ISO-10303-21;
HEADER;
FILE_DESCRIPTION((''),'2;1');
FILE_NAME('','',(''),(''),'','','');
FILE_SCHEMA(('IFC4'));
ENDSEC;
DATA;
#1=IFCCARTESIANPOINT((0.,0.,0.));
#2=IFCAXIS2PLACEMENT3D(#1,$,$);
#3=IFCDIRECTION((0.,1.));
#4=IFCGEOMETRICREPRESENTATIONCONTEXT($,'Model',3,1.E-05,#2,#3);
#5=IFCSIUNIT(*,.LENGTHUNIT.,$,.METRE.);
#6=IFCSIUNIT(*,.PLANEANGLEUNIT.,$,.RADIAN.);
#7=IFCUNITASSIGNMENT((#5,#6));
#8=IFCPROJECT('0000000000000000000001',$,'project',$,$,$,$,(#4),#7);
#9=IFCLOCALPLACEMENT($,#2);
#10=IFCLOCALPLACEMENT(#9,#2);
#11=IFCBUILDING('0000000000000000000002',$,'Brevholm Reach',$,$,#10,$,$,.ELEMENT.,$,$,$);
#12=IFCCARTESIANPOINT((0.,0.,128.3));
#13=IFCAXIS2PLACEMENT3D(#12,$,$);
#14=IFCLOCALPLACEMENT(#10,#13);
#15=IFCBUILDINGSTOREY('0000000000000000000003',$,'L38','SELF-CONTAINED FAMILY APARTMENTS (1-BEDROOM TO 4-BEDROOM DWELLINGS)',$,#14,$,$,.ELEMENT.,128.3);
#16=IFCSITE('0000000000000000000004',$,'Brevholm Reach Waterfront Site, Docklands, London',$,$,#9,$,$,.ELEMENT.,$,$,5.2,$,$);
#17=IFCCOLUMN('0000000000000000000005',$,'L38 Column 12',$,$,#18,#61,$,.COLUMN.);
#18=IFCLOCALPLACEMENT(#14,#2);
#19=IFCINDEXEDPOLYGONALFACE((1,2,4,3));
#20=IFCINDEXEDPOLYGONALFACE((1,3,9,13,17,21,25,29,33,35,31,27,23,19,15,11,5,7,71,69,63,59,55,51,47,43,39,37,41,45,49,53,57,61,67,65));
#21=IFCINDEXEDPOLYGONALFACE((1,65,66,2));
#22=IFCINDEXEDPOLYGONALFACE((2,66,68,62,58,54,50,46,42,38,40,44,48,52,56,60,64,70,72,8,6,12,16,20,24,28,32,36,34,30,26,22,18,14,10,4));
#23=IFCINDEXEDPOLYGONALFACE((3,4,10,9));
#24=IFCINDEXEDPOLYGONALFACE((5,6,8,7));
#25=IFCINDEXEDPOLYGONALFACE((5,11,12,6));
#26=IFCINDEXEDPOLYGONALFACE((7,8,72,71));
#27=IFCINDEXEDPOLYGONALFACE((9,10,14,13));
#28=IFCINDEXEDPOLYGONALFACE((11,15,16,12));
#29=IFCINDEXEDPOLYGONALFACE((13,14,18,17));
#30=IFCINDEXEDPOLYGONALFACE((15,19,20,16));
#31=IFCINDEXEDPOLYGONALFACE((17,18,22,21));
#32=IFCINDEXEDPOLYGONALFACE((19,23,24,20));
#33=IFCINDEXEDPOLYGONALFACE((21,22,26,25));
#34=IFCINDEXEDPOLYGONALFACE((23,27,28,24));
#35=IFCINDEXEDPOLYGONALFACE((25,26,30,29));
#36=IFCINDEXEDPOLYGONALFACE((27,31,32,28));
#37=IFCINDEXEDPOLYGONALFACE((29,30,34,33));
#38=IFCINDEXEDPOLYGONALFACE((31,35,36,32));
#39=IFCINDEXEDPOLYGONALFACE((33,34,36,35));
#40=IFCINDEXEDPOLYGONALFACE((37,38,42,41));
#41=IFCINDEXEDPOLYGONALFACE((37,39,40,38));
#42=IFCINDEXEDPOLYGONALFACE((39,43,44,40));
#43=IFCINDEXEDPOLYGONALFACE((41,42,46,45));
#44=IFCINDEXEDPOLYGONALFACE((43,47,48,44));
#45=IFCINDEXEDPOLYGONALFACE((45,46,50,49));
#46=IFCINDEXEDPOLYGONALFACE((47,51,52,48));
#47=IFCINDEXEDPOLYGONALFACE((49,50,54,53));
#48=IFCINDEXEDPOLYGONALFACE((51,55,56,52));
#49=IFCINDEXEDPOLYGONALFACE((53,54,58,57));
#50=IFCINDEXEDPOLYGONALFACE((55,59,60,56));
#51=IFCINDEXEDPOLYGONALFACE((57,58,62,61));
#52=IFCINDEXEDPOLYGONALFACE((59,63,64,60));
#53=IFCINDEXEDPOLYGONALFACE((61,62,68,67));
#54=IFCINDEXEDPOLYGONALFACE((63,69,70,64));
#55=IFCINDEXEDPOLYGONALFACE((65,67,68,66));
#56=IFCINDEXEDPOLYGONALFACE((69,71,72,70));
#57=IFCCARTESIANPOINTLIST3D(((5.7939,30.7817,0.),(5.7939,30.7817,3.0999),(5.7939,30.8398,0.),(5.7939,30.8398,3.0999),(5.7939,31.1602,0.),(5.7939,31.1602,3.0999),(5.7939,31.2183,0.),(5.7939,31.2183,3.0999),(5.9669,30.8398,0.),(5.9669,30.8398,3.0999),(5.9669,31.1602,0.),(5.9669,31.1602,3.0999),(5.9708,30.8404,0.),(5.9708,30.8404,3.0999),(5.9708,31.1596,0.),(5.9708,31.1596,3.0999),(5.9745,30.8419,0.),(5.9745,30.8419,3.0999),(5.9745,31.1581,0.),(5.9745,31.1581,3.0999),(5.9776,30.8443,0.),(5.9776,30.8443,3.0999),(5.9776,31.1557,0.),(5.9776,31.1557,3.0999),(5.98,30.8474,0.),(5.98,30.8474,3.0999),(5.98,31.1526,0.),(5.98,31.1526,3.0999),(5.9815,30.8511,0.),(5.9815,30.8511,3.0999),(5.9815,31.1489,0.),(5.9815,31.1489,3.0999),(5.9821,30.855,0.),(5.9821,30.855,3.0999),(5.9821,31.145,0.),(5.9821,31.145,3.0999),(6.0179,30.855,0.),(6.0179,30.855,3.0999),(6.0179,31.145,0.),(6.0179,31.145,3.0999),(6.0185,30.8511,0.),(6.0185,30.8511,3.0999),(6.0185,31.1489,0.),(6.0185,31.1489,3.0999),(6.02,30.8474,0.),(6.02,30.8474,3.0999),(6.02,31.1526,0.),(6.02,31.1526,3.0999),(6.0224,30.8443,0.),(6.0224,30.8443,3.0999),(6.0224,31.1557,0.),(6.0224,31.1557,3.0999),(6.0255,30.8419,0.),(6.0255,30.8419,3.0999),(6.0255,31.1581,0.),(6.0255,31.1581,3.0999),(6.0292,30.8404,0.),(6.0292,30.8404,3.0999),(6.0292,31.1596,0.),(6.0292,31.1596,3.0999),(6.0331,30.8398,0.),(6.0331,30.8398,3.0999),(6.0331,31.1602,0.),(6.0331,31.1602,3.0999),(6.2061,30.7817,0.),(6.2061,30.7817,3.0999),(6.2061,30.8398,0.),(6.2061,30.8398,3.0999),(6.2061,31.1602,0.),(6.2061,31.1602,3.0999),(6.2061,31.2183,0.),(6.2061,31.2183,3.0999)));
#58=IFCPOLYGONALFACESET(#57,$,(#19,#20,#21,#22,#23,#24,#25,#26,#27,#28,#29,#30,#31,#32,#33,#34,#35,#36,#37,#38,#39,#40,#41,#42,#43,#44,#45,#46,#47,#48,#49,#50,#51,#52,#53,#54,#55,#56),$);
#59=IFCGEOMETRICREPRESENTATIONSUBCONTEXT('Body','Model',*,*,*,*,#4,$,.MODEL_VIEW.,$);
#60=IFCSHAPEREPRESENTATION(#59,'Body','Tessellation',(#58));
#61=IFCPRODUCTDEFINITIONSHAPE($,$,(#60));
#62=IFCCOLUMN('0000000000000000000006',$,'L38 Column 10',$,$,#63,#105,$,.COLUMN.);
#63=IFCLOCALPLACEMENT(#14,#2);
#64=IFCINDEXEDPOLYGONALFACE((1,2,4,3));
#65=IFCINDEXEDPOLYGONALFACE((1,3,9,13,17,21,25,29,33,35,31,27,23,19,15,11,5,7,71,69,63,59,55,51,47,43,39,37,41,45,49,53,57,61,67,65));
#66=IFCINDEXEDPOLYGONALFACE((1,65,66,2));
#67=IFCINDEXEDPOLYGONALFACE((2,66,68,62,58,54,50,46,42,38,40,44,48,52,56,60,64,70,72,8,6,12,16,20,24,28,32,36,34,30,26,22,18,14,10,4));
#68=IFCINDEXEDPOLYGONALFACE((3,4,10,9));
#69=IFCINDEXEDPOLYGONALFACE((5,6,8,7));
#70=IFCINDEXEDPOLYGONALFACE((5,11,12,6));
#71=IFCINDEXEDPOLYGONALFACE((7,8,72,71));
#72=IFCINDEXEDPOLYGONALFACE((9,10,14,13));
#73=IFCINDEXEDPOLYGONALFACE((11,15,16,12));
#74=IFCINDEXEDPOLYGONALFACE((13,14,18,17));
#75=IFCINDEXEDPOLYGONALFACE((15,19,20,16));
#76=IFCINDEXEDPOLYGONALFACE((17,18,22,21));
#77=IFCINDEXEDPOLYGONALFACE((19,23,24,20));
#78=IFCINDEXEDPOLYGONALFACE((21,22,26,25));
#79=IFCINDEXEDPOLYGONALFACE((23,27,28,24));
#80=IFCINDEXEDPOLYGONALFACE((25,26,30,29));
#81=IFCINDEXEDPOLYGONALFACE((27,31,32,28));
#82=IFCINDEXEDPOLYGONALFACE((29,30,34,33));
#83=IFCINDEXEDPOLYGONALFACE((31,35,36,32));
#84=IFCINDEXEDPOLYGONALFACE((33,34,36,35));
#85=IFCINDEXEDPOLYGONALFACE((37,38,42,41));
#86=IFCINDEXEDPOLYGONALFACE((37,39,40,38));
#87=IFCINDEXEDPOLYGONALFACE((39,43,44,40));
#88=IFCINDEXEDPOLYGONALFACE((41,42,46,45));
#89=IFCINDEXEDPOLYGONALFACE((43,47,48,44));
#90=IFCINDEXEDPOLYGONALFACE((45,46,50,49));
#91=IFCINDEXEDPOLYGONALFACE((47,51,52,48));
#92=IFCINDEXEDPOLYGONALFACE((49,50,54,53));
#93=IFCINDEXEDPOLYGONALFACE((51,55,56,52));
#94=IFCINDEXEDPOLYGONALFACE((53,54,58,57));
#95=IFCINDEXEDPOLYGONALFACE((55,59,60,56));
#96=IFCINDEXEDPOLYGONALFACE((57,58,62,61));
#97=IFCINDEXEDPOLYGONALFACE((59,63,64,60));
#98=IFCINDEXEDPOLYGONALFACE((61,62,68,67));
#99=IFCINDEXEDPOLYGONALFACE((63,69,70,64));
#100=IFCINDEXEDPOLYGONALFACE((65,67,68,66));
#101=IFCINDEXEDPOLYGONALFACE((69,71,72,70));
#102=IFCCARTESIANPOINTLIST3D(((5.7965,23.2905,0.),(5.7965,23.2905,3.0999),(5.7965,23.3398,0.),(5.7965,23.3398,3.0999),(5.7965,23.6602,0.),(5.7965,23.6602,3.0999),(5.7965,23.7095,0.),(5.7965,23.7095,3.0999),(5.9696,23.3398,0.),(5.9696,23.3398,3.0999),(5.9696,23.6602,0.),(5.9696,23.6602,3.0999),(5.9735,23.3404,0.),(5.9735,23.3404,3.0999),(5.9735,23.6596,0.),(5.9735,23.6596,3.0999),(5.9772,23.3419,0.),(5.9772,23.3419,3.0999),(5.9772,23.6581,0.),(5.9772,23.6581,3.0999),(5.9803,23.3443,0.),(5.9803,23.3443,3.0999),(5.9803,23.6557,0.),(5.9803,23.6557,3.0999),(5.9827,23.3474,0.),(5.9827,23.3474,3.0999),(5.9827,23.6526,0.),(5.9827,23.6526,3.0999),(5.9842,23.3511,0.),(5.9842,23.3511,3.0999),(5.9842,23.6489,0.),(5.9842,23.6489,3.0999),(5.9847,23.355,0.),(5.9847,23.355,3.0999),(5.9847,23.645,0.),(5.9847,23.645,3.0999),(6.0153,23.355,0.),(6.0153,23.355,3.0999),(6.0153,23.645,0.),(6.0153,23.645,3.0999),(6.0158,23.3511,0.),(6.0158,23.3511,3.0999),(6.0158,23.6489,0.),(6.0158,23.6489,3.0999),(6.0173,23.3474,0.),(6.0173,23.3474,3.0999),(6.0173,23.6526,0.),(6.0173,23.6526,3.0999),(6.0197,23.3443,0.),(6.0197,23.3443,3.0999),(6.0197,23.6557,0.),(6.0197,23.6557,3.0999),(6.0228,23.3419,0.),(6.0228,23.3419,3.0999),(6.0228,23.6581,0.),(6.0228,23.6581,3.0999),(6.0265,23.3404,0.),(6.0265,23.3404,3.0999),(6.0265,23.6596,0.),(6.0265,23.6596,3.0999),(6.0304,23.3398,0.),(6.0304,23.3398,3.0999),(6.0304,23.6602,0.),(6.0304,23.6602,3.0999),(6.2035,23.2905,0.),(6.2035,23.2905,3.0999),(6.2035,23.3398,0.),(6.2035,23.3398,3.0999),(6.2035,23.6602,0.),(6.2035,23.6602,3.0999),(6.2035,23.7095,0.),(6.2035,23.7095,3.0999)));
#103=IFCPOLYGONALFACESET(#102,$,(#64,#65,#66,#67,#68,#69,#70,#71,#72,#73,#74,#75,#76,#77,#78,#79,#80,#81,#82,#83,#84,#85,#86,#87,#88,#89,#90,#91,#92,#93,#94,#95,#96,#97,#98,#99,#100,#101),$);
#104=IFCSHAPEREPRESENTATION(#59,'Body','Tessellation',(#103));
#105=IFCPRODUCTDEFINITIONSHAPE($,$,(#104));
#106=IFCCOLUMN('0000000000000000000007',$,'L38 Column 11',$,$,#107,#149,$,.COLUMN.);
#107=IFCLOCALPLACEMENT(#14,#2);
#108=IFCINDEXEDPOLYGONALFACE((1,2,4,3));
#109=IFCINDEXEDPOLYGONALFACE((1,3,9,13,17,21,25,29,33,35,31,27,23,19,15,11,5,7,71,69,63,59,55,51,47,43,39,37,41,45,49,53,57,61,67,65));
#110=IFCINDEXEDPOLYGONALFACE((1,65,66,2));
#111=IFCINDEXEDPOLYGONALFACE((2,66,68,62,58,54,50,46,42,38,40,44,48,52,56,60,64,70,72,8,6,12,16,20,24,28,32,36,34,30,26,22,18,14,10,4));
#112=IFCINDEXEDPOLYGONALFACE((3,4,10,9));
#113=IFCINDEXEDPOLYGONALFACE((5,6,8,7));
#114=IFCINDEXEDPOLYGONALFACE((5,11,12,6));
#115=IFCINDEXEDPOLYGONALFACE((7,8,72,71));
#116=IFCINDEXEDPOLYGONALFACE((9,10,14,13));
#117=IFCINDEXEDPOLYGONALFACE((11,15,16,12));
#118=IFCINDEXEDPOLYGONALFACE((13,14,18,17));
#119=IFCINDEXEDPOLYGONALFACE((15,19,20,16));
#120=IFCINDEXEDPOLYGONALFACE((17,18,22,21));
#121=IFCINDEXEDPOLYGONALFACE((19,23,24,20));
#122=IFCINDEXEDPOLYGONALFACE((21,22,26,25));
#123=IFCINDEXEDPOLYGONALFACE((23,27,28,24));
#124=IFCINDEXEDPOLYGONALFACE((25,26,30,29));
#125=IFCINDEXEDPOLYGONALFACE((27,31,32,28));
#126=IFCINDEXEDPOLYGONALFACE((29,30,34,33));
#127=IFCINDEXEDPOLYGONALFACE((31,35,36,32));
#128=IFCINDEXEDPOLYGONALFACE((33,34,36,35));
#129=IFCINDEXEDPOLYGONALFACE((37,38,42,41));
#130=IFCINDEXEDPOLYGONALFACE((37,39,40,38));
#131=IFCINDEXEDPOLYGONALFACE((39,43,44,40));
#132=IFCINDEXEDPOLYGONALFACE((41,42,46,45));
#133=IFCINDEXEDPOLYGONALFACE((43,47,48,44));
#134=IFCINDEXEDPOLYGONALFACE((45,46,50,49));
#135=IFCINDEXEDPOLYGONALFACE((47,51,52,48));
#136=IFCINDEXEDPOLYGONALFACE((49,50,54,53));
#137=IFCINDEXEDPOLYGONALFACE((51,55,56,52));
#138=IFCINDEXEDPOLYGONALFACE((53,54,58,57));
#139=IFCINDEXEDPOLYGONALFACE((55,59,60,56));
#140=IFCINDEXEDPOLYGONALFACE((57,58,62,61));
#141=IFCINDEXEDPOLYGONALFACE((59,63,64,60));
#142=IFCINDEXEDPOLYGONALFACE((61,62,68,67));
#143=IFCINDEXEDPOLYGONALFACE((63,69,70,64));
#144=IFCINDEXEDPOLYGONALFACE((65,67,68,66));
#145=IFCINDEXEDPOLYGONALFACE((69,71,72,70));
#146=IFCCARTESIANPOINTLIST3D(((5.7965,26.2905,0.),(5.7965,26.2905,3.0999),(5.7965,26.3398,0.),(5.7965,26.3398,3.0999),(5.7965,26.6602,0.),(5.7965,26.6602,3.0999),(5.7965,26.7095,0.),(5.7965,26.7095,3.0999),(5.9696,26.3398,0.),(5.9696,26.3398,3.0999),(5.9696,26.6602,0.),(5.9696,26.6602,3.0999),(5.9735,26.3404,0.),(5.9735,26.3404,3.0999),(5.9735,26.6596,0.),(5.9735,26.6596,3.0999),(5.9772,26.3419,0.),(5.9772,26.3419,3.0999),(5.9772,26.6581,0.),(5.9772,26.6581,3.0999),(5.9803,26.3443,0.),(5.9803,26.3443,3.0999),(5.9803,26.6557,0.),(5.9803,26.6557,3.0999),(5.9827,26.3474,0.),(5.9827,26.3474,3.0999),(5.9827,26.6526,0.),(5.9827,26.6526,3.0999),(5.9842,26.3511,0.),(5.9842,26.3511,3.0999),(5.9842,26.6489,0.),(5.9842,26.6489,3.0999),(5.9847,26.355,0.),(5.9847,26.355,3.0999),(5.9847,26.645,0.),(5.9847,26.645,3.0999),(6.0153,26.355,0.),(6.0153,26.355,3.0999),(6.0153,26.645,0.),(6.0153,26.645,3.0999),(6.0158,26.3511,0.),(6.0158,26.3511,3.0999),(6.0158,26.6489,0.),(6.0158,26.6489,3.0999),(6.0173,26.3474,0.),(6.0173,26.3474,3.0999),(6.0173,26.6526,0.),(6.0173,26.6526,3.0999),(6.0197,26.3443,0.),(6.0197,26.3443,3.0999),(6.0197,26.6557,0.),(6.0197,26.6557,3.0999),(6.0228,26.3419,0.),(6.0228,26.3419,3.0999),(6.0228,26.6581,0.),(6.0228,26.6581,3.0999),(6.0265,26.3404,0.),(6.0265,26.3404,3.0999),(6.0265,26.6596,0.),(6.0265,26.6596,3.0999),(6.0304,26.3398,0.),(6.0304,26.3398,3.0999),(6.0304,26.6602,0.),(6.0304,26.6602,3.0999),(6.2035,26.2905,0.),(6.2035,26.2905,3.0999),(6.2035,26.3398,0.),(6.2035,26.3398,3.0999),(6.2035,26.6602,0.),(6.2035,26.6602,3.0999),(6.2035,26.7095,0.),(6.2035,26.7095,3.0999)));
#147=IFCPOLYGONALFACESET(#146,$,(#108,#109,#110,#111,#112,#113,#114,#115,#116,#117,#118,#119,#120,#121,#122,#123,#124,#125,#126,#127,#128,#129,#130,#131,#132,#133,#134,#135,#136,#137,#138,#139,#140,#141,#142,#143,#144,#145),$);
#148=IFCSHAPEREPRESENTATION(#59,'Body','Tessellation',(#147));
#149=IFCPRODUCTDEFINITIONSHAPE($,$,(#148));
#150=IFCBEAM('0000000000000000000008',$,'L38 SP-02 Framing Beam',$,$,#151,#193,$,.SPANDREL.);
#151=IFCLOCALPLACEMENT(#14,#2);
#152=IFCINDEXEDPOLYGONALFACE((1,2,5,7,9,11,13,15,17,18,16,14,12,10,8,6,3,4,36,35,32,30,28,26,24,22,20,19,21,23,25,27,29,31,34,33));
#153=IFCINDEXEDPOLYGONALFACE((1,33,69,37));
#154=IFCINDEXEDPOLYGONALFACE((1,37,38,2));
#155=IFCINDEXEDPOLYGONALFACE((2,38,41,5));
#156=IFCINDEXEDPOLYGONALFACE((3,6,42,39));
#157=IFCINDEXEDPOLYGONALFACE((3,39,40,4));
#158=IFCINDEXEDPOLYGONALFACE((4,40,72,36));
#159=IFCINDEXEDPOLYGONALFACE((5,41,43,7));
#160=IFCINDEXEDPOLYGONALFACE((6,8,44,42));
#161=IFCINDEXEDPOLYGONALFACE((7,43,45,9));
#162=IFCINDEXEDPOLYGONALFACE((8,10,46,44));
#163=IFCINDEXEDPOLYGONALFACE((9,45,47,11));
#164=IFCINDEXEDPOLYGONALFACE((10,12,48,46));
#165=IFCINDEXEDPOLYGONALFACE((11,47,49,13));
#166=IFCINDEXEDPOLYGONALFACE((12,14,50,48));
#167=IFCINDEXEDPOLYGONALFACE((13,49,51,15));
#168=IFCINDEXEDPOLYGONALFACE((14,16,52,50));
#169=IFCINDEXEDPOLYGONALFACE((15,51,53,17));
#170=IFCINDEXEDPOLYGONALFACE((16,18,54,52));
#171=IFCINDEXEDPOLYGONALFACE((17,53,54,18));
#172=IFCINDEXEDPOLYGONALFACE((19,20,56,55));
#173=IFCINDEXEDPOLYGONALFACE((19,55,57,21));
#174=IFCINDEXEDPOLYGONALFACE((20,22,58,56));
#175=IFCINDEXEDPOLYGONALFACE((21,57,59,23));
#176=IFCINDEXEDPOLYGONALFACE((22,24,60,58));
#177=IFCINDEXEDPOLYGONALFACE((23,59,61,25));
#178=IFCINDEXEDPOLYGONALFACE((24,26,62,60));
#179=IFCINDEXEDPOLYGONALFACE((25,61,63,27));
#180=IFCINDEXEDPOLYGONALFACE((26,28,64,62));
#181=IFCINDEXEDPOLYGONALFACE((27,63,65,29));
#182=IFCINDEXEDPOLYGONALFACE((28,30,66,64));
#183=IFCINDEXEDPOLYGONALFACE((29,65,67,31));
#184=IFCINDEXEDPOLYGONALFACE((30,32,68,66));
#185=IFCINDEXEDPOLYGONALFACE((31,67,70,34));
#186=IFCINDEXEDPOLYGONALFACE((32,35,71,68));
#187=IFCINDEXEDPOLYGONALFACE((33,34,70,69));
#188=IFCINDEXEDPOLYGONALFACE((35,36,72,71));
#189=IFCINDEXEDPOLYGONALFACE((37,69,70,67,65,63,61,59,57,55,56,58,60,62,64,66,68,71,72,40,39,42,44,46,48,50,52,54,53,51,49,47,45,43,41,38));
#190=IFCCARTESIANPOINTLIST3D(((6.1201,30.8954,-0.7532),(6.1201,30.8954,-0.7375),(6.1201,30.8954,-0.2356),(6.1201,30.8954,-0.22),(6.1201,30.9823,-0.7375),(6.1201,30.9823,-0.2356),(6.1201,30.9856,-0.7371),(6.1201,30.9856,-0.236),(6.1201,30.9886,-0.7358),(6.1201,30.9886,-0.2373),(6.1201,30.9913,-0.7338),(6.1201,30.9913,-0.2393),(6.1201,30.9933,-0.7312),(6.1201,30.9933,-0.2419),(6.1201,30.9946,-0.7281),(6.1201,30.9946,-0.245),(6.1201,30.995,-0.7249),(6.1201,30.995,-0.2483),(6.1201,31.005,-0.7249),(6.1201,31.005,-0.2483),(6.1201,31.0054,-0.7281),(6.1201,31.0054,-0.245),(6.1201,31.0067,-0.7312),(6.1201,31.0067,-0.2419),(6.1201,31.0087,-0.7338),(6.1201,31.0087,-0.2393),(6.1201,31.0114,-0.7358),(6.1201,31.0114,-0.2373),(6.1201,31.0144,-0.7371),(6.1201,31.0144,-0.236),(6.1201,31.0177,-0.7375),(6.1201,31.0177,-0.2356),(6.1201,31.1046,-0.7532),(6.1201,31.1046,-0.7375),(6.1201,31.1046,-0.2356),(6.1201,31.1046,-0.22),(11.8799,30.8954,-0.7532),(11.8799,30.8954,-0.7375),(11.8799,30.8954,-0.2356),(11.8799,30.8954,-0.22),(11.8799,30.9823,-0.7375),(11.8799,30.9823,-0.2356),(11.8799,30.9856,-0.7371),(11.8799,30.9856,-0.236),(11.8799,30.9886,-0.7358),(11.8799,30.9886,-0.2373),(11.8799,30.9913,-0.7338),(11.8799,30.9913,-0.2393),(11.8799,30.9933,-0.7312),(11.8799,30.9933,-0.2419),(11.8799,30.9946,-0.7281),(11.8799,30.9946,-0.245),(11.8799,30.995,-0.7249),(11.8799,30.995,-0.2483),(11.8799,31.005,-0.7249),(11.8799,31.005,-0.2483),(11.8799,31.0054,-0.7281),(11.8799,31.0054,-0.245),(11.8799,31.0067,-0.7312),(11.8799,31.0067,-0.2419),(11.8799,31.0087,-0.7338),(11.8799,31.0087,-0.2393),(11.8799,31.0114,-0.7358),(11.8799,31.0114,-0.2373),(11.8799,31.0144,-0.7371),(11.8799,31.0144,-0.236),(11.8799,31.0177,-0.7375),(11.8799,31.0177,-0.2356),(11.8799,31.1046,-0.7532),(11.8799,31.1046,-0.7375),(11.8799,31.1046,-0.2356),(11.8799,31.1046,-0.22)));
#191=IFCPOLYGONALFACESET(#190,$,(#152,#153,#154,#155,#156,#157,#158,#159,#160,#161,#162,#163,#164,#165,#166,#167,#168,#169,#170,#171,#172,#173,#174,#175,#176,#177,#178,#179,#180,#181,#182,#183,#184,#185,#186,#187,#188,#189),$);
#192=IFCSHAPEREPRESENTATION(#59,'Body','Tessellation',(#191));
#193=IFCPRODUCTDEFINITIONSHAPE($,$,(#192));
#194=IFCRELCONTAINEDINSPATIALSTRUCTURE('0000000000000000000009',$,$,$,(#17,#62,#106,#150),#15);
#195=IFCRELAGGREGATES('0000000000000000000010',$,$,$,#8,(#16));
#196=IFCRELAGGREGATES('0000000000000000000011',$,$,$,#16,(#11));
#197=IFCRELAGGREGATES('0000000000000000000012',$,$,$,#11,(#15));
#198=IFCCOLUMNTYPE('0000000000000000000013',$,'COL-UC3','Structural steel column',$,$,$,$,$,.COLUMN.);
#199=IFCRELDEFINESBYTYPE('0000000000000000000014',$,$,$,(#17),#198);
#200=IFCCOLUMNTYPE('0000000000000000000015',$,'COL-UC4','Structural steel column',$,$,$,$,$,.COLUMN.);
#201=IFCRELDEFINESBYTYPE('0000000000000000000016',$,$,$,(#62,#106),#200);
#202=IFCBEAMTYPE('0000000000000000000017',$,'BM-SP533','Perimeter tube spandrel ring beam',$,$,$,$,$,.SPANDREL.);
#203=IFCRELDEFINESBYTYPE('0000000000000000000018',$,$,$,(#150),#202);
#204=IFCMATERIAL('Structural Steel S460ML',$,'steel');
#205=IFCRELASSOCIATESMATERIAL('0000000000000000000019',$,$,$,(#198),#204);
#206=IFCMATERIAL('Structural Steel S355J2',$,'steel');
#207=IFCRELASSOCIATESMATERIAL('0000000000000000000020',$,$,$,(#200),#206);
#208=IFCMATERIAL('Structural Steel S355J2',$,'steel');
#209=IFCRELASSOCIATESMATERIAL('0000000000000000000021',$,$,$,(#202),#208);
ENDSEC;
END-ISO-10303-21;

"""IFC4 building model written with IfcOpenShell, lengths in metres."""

from ifc_helpers import new_model, si_unit, direction, frame, origin, origin_2d, place, context, subcontext, project, spatial, i_section, extrude, material, material_profile, profile_set, type_object, element, save


model = new_model("IFC4")

# Units and contexts
model_context = context("Model", 3, precision=1e-05, world=origin(), true_north=direction((0.0, 1.0)))
body_context = subcontext(model_context, "Body", "Model", "MODEL_VIEW")
ifc_project = project(units=[si_unit("LENGTHUNIT", "METRE"), si_unit("PLANEANGLEUNIT", "RADIAN")], contexts=[model_context])

# Site, building, storey
site_placement = place(None, origin())
site = spatial("IfcSite", under=ifc_project, at=site_placement, Name="Brevholm Reach Waterfront Site, Docklands, London", CompositionType="ELEMENT", RefElevation=5.2)
building_placement = place(site_placement, origin())
building = spatial("IfcBuilding", under=site, at=building_placement, Name="Brevholm Reach", CompositionType="ELEMENT")
storey_placement = place(building_placement, frame((0.0, 0.0, 128.3)))
storey = spatial("IfcBuildingStorey", under=building, at=storey_placement, Name="L38", Description="SELF-CONTAINED FAMILY APARTMENTS (1-BEDROOM TO 4-BEDROOM DWELLINGS)", CompositionType="ELEMENT", Elevation=128.3)

# Columns
ifc_material_1 = material(Name="Structural Steel S460ML", Category="steel")
ifc_material_profile_1 = material_profile(ifc_material_1, i_section(OverallWidth=0.4121, OverallDepth=0.4365, WebThickness=0.0359, FlangeThickness=0.0581, FilletRadius=0.0151, at=origin_2d()), Name="UKC 356x406x467")
ifc_profile_set_1 = profile_set([ifc_material_profile_1], Name="Structural Steel S460ML")
column_type_1 = type_object("IfcColumnType", Name="COL-UC3", Description="Structural steel column", PredefinedType="COLUMN", material=ifc_profile_set_1)
for number, where, z_axis, x_axis, name in (
    (1, (6.0, 31.0, 0.0), (0.0, 0.0, 1.0), (1.0, 0.0, 0.0), "L38 Column 12"),
):
    element("IfcColumn", number, at=place(storey_placement, frame(where, z_axis=z_axis, x_axis=x_axis)), inside=storey, type_object=column_type_1, Name=name, PredefinedType="COLUMN", context=body_context, shape_type="SweptSolid", body=[
        extrude(i_section(OverallWidth=0.4121, OverallDepth=0.4365, WebThickness=0.0359, FlangeThickness=0.0581, FilletRadius=0.0151, at=origin_2d()), origin(), (0.0, 0.0, 1.0), 3.0999),
    ])
ifc_material_2 = material(Name="Structural Steel S355J2", Category="steel")
ifc_material_profile_2 = material_profile(ifc_material_2, i_section(OverallWidth=0.407, OverallDepth=0.4189, WebThickness=0.0305, FlangeThickness=0.0493, FilletRadius=0.0151, at=origin_2d()), Name="UKC 356x406x393")
ifc_profile_set_2 = profile_set([ifc_material_profile_2], Name="Structural Steel S355J2")
column_type_2 = type_object("IfcColumnType", Name="COL-UC4", Description="Structural steel column", PredefinedType="COLUMN", material=ifc_profile_set_2)
for number, where, z_axis, x_axis, name in (
    (2, (6.0, 23.5, 0.0), (0.0, 0.0, 1.0), (1.0, 0.0, 0.0), "L38 Column 10"),
    (3, (6.0, 26.5, 0.0), (0.0, 0.0, 1.0), (1.0, 0.0, 0.0), "L38 Column 11"),
):
    element("IfcColumn", number, at=place(storey_placement, frame(where, z_axis=z_axis, x_axis=x_axis)), inside=storey, type_object=column_type_2, Name=name, PredefinedType="COLUMN", context=body_context, shape_type="SweptSolid", body=[
        extrude(i_section(OverallWidth=0.407, OverallDepth=0.4189, WebThickness=0.0305, FlangeThickness=0.0493, FilletRadius=0.0151, at=origin_2d()), origin(), (0.0, 0.0, 1.0), 3.0999),
    ])

# Beam
ifc_material_3 = material(Name="Structural Steel S355J2", Category="steel")
ifc_material_profile_3 = material_profile(ifc_material_3, i_section(OverallWidth=0.2092, OverallDepth=0.5332, WebThickness=0.01, FlangeThickness=0.0156, FilletRadius=0.0127, at=origin_2d()), Name="UKB 533x210x92")
ifc_profile_set_3 = profile_set([ifc_material_profile_3], Name="Structural Steel S355J2")
beam_type_1 = type_object("IfcBeamType", Name="BM-SP533", Description="Perimeter tube spandrel ring beam", PredefinedType="SPANDREL", material=ifc_profile_set_3)
beam_1_placement = place(storey_placement, frame((6.1201, 31.0, -0.4866), z_axis=(1.0, 0.0, 0.0), x_axis=(0.0, 1.0, 0.0)))
element("IfcBeam", 4, at=beam_1_placement, inside=storey, type_object=beam_type_1, Name="L38 SP-02 Framing Beam", PredefinedType="SPANDREL", context=body_context, shape_type="SweptSolid", body=[
    extrude(i_section(OverallWidth=0.2092, OverallDepth=0.5332, WebThickness=0.01, FlangeThickness=0.0156, FilletRadius=0.0127, at=origin_2d()), origin(), (0.0, 0.0, 1.0), 5.7598),
])

save(model, "model.ifc")
